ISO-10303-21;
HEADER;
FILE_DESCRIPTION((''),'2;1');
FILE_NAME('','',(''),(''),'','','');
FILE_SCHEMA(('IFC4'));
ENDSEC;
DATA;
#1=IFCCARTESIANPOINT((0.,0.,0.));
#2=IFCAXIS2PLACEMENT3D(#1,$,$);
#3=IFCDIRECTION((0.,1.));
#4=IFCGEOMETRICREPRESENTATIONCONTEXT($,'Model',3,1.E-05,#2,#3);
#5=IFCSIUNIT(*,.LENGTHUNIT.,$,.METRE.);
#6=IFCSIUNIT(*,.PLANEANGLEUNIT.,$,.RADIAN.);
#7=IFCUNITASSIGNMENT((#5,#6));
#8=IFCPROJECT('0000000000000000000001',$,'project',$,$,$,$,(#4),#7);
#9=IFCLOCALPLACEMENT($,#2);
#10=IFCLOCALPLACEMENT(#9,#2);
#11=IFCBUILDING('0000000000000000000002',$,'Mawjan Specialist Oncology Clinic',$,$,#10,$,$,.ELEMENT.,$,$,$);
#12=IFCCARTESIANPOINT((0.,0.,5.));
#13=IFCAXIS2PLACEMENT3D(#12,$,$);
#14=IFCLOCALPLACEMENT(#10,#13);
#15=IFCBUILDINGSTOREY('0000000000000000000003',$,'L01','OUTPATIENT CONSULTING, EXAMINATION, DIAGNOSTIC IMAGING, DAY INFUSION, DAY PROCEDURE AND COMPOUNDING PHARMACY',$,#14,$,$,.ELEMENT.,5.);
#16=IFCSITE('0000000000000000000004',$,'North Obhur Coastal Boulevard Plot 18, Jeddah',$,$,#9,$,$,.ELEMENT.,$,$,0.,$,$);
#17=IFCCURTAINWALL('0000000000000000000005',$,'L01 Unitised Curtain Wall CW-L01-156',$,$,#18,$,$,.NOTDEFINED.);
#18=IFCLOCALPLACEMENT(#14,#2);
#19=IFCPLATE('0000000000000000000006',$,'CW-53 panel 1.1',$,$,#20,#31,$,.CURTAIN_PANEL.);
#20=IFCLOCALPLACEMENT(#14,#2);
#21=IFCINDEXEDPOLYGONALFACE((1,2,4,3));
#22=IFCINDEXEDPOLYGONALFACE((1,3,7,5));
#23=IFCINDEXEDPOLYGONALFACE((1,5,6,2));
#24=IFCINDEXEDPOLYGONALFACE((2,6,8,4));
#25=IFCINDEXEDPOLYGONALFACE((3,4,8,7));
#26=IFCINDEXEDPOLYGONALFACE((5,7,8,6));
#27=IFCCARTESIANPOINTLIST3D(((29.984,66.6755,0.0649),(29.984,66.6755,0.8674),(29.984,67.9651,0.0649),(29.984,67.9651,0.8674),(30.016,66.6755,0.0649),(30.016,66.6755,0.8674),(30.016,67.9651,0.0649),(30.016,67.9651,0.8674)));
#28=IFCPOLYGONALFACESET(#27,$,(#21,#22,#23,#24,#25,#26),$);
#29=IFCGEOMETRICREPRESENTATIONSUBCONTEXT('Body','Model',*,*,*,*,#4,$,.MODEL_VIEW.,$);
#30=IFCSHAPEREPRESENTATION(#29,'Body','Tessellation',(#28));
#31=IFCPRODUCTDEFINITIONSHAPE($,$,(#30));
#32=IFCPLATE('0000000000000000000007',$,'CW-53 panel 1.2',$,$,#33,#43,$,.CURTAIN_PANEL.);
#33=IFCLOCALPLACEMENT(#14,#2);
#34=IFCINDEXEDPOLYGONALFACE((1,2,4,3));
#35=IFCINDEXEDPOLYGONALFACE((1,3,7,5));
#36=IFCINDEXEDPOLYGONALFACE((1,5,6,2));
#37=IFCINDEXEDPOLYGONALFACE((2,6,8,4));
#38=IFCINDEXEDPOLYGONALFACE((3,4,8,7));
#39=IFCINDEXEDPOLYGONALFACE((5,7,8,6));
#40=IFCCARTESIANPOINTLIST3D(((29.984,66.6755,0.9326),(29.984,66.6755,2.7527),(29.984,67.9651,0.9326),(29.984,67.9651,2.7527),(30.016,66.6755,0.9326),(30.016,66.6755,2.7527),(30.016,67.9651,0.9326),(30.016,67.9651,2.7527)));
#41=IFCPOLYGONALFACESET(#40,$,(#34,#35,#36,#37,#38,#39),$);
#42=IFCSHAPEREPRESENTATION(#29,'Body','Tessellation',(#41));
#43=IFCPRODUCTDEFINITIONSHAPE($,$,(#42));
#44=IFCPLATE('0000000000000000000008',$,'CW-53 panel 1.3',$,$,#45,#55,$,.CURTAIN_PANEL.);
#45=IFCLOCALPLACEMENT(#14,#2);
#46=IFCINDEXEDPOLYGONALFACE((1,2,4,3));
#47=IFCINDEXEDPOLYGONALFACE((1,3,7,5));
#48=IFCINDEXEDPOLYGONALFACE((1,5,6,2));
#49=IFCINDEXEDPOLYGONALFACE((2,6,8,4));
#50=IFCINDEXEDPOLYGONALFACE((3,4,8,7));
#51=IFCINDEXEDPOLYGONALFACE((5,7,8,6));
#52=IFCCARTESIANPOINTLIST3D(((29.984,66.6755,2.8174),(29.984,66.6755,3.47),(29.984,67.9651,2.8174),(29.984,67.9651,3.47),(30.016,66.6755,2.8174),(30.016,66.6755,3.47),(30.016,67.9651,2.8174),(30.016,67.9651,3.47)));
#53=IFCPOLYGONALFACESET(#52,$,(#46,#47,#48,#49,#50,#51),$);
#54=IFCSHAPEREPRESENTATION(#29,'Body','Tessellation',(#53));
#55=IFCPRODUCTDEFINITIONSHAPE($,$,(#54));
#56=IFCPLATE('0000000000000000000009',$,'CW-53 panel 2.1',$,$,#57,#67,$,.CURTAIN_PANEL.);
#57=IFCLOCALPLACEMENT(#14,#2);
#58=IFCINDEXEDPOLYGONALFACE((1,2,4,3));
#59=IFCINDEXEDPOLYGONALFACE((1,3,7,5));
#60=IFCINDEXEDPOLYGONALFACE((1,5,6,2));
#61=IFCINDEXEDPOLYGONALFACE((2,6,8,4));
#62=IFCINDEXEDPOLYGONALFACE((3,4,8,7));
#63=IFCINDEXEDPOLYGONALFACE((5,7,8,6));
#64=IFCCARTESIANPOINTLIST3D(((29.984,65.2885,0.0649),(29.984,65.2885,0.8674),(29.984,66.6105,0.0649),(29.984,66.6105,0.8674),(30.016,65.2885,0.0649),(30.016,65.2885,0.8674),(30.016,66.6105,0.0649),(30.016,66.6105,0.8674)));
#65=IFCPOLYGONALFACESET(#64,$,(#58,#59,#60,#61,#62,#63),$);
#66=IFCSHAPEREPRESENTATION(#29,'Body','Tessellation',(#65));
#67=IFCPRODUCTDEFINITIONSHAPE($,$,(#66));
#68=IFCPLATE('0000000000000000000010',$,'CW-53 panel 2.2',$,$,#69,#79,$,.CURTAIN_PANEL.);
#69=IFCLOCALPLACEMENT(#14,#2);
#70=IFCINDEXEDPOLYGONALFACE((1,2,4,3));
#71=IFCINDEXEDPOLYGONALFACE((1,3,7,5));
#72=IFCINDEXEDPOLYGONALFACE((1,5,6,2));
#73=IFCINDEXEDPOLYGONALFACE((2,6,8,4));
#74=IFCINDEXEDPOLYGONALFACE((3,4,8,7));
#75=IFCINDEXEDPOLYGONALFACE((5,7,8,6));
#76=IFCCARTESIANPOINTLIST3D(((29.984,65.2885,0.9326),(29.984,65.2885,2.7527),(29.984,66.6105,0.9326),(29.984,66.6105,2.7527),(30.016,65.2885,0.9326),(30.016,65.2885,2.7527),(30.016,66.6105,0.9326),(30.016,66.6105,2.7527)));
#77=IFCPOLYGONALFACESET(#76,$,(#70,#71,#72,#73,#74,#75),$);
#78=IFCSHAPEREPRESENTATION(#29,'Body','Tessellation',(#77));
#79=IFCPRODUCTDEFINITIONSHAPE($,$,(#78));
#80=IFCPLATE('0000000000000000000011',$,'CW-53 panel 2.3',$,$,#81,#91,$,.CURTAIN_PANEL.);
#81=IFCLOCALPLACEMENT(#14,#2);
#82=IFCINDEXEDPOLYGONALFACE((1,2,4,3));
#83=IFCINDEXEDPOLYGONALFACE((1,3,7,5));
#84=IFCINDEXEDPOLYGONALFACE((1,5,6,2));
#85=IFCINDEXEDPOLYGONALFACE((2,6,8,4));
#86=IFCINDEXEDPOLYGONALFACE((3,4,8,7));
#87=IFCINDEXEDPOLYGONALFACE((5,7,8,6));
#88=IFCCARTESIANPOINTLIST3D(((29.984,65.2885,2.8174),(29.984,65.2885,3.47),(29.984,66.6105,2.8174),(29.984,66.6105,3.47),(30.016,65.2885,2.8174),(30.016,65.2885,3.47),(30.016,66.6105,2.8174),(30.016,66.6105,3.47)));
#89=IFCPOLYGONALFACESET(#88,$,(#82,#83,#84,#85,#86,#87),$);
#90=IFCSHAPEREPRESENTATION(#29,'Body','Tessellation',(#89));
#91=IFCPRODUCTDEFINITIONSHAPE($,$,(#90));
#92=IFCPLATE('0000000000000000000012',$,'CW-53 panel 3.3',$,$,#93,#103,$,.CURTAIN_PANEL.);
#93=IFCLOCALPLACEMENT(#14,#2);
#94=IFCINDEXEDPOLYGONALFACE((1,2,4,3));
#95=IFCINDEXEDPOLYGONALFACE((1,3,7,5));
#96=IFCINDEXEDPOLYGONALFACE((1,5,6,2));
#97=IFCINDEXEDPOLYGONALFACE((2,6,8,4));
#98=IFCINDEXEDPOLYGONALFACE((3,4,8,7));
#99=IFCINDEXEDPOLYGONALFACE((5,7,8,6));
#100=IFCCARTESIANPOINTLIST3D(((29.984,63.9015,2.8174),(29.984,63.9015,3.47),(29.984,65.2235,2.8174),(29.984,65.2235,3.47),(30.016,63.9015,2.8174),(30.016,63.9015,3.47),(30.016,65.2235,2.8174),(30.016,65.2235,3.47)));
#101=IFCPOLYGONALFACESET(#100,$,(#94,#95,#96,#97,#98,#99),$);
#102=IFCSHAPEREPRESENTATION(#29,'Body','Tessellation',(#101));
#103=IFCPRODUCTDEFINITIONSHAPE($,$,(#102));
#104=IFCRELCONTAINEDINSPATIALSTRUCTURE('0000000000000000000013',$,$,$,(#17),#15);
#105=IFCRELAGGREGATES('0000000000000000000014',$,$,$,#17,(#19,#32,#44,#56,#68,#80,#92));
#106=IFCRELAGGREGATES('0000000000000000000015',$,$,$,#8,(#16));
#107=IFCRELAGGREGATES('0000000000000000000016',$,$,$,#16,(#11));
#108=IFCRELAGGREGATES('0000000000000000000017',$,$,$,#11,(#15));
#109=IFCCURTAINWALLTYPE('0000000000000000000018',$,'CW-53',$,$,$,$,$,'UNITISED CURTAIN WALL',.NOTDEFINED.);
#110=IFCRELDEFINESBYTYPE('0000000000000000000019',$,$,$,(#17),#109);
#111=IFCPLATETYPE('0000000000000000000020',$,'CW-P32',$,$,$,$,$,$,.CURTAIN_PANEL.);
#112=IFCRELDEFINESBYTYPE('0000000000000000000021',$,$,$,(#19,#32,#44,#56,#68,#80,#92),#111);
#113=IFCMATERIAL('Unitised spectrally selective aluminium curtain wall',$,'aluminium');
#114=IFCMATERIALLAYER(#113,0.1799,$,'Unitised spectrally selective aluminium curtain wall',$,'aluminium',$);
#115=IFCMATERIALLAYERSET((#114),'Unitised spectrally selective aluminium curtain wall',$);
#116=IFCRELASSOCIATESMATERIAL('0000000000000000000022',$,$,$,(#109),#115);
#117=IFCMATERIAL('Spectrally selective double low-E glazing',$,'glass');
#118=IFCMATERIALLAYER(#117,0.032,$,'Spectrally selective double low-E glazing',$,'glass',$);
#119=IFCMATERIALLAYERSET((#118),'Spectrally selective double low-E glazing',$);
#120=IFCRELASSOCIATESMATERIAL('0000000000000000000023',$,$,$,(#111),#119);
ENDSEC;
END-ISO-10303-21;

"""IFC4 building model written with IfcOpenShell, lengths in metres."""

from ifc_helpers import new_model, si_unit, direction, frame, origin, origin_2d, place, context, subcontext, project, spatial, rectangle, extrude, material, layer, layer_set, type_object, element, aggregate, save


model = new_model("IFC4")

# Units and contexts
model_context = context("Model", 3, precision=1e-05, world=origin(), true_north=direction((0.0, 1.0)))
body_context = subcontext(model_context, "Body", "Model", "MODEL_VIEW")
ifc_project = project(units=[si_unit("LENGTHUNIT", "METRE"), si_unit("PLANEANGLEUNIT", "RADIAN")], contexts=[model_context])

# Site, building, storey
site_placement = place(None, origin())
site = spatial("IfcSite", under=ifc_project, at=site_placement, Name="North Obhur Coastal Boulevard Plot 18, Jeddah", CompositionType="ELEMENT", RefElevation=0.0)
building_placement = place(site_placement, origin())
building = spatial("IfcBuilding", under=site, at=building_placement, Name="Mawjan Specialist Oncology Clinic", CompositionType="ELEMENT")
storey_placement = place(building_placement, frame((0.0, 0.0, 5.0)))
storey = spatial("IfcBuildingStorey", under=building, at=storey_placement, Name="L01", Description="OUTPATIENT CONSULTING, EXAMINATION, DIAGNOSTIC IMAGING, DAY INFUSION, DAY PROCEDURE AND COMPOUNDING PHARMACY", CompositionType="ELEMENT", Elevation=5.0)

# Curtain wall, plates
ifc_material_1 = material(Name="Unitised spectrally selective aluminium curtain wall", Category="aluminium")
ifc_layer_1 = layer(ifc_material_1, 0.1799, Name="Unitised spectrally selective aluminium curtain wall", Category="aluminium")
ifc_layer_set_1 = layer_set([ifc_layer_1], Name="Unitised spectrally selective aluminium curtain wall")
curtain_wall_type = type_object("IfcCurtainWallType", Name="CW-53", ElementType="UNITISED CURTAIN WALL", PredefinedType="NOTDEFINED", material=ifc_layer_set_1)
curtain_wall_placement = place(storey_placement, origin())
curtain_wall = element("IfcCurtainWall", 1, at=curtain_wall_placement, inside=storey, type_object=curtain_wall_type, Name="L01 Unitised Curtain Wall CW-L01-156", PredefinedType="NOTDEFINED")
ifc_material_2 = material(Name="Spectrally selective double low-E glazing", Category="glass")
ifc_layer_2 = layer(ifc_material_2, 0.032, Name="Spectrally selective double low-E glazing", Category="glass")
ifc_layer_set_2 = layer_set([ifc_layer_2], Name="Spectrally selective double low-E glazing")
plate_type = type_object("IfcPlateType", Name="CW-P32", PredefinedType="CURTAIN_PANEL", material=ifc_layer_set_2)
plate_1_placement = place(storey_placement, frame((30.0, 67.3203, 0.0649), z_axis=(0.0, 0.0, 1.0), x_axis=(0.0, -1.0, 0.0)))
plate_1 = element("IfcPlate", 2, at=plate_1_placement, type_object=plate_type, Name="CW-53 panel 1.1", PredefinedType="CURTAIN_PANEL", context=body_context, shape_type="SweptSolid", body=[
    extrude(rectangle(XDim=1.2896, YDim=0.032, at=origin_2d()), origin(), (0.0, 0.0, 1.0), 0.8025),
])
plate_2_placement = place(storey_placement, frame((30.0, 67.3203, 0.9326), z_axis=(0.0, 0.0, 1.0), x_axis=(0.0, -1.0, 0.0)))
plate_2 = element("IfcPlate", 3, at=plate_2_placement, type_object=plate_type, Name="CW-53 panel 1.2", PredefinedType="CURTAIN_PANEL", context=body_context, shape_type="SweptSolid", body=[
    extrude(rectangle(XDim=1.2896, YDim=0.032, at=origin_2d()), origin(), (0.0, 0.0, 1.0), 1.8201),
])
plate_3_placement = place(storey_placement, frame((30.0, 67.3203, 2.8174), z_axis=(0.0, 0.0, 1.0), x_axis=(0.0, -1.0, 0.0)))
plate_3 = element("IfcPlate", 4, at=plate_3_placement, type_object=plate_type, Name="CW-53 panel 1.3", PredefinedType="CURTAIN_PANEL", context=body_context, shape_type="SweptSolid", body=[
    extrude(rectangle(XDim=1.2896, YDim=0.032, at=origin_2d()), origin(), (0.0, 0.0, 1.0), 0.6526),
])
plate_4_placement = place(storey_placement, frame((30.0, 65.9495, 0.0649), z_axis=(0.0, 0.0, 1.0), x_axis=(0.0, -1.0, 0.0)))
plate_4 = element("IfcPlate", 5, at=plate_4_placement, type_object=plate_type, Name="CW-53 panel 2.1", PredefinedType="CURTAIN_PANEL", context=body_context, shape_type="SweptSolid", body=[
    extrude(rectangle(XDim=1.322, YDim=0.032, at=origin_2d()), origin(), (0.0, 0.0, 1.0), 0.8025),
])
plate_5_placement = place(storey_placement, frame((30.0, 65.9495, 0.9326), z_axis=(0.0, 0.0, 1.0), x_axis=(0.0, -1.0, 0.0)))
plate_5 = element("IfcPlate", 6, at=plate_5_placement, type_object=plate_type, Name="CW-53 panel 2.2", PredefinedType="CURTAIN_PANEL", context=body_context, shape_type="SweptSolid", body=[
    extrude(rectangle(XDim=1.322, YDim=0.032, at=origin_2d()), origin(), (0.0, 0.0, 1.0), 1.8201),
])
plate_6_placement = place(storey_placement, frame((30.0, 65.9495, 2.8174), z_axis=(0.0, 0.0, 1.0), x_axis=(0.0, -1.0, 0.0)))
plate_6 = element("IfcPlate", 7, at=plate_6_placement, type_object=plate_type, Name="CW-53 panel 2.3", PredefinedType="CURTAIN_PANEL", context=body_context, shape_type="SweptSolid", body=[
    extrude(rectangle(XDim=1.322, YDim=0.032, at=origin_2d()), origin(), (0.0, 0.0, 1.0), 0.6526),
])
plate_7_placement = place(storey_placement, frame((30.0, 64.5625, 2.8174), z_axis=(0.0, 0.0, 1.0), x_axis=(0.0, -1.0, 0.0)))
plate_7 = element("IfcPlate", 8, at=plate_7_placement, type_object=plate_type, Name="CW-53 panel 3.3", PredefinedType="CURTAIN_PANEL", context=body_context, shape_type="SweptSolid", body=[
    extrude(rectangle(XDim=1.322, YDim=0.032, at=origin_2d()), origin(), (0.0, 0.0, 1.0), 0.6526),
])
aggregate(curtain_wall, [plate_1, plate_2, plate_3, plate_4, plate_5, plate_6, plate_7])

save(model, "model.ifc")
